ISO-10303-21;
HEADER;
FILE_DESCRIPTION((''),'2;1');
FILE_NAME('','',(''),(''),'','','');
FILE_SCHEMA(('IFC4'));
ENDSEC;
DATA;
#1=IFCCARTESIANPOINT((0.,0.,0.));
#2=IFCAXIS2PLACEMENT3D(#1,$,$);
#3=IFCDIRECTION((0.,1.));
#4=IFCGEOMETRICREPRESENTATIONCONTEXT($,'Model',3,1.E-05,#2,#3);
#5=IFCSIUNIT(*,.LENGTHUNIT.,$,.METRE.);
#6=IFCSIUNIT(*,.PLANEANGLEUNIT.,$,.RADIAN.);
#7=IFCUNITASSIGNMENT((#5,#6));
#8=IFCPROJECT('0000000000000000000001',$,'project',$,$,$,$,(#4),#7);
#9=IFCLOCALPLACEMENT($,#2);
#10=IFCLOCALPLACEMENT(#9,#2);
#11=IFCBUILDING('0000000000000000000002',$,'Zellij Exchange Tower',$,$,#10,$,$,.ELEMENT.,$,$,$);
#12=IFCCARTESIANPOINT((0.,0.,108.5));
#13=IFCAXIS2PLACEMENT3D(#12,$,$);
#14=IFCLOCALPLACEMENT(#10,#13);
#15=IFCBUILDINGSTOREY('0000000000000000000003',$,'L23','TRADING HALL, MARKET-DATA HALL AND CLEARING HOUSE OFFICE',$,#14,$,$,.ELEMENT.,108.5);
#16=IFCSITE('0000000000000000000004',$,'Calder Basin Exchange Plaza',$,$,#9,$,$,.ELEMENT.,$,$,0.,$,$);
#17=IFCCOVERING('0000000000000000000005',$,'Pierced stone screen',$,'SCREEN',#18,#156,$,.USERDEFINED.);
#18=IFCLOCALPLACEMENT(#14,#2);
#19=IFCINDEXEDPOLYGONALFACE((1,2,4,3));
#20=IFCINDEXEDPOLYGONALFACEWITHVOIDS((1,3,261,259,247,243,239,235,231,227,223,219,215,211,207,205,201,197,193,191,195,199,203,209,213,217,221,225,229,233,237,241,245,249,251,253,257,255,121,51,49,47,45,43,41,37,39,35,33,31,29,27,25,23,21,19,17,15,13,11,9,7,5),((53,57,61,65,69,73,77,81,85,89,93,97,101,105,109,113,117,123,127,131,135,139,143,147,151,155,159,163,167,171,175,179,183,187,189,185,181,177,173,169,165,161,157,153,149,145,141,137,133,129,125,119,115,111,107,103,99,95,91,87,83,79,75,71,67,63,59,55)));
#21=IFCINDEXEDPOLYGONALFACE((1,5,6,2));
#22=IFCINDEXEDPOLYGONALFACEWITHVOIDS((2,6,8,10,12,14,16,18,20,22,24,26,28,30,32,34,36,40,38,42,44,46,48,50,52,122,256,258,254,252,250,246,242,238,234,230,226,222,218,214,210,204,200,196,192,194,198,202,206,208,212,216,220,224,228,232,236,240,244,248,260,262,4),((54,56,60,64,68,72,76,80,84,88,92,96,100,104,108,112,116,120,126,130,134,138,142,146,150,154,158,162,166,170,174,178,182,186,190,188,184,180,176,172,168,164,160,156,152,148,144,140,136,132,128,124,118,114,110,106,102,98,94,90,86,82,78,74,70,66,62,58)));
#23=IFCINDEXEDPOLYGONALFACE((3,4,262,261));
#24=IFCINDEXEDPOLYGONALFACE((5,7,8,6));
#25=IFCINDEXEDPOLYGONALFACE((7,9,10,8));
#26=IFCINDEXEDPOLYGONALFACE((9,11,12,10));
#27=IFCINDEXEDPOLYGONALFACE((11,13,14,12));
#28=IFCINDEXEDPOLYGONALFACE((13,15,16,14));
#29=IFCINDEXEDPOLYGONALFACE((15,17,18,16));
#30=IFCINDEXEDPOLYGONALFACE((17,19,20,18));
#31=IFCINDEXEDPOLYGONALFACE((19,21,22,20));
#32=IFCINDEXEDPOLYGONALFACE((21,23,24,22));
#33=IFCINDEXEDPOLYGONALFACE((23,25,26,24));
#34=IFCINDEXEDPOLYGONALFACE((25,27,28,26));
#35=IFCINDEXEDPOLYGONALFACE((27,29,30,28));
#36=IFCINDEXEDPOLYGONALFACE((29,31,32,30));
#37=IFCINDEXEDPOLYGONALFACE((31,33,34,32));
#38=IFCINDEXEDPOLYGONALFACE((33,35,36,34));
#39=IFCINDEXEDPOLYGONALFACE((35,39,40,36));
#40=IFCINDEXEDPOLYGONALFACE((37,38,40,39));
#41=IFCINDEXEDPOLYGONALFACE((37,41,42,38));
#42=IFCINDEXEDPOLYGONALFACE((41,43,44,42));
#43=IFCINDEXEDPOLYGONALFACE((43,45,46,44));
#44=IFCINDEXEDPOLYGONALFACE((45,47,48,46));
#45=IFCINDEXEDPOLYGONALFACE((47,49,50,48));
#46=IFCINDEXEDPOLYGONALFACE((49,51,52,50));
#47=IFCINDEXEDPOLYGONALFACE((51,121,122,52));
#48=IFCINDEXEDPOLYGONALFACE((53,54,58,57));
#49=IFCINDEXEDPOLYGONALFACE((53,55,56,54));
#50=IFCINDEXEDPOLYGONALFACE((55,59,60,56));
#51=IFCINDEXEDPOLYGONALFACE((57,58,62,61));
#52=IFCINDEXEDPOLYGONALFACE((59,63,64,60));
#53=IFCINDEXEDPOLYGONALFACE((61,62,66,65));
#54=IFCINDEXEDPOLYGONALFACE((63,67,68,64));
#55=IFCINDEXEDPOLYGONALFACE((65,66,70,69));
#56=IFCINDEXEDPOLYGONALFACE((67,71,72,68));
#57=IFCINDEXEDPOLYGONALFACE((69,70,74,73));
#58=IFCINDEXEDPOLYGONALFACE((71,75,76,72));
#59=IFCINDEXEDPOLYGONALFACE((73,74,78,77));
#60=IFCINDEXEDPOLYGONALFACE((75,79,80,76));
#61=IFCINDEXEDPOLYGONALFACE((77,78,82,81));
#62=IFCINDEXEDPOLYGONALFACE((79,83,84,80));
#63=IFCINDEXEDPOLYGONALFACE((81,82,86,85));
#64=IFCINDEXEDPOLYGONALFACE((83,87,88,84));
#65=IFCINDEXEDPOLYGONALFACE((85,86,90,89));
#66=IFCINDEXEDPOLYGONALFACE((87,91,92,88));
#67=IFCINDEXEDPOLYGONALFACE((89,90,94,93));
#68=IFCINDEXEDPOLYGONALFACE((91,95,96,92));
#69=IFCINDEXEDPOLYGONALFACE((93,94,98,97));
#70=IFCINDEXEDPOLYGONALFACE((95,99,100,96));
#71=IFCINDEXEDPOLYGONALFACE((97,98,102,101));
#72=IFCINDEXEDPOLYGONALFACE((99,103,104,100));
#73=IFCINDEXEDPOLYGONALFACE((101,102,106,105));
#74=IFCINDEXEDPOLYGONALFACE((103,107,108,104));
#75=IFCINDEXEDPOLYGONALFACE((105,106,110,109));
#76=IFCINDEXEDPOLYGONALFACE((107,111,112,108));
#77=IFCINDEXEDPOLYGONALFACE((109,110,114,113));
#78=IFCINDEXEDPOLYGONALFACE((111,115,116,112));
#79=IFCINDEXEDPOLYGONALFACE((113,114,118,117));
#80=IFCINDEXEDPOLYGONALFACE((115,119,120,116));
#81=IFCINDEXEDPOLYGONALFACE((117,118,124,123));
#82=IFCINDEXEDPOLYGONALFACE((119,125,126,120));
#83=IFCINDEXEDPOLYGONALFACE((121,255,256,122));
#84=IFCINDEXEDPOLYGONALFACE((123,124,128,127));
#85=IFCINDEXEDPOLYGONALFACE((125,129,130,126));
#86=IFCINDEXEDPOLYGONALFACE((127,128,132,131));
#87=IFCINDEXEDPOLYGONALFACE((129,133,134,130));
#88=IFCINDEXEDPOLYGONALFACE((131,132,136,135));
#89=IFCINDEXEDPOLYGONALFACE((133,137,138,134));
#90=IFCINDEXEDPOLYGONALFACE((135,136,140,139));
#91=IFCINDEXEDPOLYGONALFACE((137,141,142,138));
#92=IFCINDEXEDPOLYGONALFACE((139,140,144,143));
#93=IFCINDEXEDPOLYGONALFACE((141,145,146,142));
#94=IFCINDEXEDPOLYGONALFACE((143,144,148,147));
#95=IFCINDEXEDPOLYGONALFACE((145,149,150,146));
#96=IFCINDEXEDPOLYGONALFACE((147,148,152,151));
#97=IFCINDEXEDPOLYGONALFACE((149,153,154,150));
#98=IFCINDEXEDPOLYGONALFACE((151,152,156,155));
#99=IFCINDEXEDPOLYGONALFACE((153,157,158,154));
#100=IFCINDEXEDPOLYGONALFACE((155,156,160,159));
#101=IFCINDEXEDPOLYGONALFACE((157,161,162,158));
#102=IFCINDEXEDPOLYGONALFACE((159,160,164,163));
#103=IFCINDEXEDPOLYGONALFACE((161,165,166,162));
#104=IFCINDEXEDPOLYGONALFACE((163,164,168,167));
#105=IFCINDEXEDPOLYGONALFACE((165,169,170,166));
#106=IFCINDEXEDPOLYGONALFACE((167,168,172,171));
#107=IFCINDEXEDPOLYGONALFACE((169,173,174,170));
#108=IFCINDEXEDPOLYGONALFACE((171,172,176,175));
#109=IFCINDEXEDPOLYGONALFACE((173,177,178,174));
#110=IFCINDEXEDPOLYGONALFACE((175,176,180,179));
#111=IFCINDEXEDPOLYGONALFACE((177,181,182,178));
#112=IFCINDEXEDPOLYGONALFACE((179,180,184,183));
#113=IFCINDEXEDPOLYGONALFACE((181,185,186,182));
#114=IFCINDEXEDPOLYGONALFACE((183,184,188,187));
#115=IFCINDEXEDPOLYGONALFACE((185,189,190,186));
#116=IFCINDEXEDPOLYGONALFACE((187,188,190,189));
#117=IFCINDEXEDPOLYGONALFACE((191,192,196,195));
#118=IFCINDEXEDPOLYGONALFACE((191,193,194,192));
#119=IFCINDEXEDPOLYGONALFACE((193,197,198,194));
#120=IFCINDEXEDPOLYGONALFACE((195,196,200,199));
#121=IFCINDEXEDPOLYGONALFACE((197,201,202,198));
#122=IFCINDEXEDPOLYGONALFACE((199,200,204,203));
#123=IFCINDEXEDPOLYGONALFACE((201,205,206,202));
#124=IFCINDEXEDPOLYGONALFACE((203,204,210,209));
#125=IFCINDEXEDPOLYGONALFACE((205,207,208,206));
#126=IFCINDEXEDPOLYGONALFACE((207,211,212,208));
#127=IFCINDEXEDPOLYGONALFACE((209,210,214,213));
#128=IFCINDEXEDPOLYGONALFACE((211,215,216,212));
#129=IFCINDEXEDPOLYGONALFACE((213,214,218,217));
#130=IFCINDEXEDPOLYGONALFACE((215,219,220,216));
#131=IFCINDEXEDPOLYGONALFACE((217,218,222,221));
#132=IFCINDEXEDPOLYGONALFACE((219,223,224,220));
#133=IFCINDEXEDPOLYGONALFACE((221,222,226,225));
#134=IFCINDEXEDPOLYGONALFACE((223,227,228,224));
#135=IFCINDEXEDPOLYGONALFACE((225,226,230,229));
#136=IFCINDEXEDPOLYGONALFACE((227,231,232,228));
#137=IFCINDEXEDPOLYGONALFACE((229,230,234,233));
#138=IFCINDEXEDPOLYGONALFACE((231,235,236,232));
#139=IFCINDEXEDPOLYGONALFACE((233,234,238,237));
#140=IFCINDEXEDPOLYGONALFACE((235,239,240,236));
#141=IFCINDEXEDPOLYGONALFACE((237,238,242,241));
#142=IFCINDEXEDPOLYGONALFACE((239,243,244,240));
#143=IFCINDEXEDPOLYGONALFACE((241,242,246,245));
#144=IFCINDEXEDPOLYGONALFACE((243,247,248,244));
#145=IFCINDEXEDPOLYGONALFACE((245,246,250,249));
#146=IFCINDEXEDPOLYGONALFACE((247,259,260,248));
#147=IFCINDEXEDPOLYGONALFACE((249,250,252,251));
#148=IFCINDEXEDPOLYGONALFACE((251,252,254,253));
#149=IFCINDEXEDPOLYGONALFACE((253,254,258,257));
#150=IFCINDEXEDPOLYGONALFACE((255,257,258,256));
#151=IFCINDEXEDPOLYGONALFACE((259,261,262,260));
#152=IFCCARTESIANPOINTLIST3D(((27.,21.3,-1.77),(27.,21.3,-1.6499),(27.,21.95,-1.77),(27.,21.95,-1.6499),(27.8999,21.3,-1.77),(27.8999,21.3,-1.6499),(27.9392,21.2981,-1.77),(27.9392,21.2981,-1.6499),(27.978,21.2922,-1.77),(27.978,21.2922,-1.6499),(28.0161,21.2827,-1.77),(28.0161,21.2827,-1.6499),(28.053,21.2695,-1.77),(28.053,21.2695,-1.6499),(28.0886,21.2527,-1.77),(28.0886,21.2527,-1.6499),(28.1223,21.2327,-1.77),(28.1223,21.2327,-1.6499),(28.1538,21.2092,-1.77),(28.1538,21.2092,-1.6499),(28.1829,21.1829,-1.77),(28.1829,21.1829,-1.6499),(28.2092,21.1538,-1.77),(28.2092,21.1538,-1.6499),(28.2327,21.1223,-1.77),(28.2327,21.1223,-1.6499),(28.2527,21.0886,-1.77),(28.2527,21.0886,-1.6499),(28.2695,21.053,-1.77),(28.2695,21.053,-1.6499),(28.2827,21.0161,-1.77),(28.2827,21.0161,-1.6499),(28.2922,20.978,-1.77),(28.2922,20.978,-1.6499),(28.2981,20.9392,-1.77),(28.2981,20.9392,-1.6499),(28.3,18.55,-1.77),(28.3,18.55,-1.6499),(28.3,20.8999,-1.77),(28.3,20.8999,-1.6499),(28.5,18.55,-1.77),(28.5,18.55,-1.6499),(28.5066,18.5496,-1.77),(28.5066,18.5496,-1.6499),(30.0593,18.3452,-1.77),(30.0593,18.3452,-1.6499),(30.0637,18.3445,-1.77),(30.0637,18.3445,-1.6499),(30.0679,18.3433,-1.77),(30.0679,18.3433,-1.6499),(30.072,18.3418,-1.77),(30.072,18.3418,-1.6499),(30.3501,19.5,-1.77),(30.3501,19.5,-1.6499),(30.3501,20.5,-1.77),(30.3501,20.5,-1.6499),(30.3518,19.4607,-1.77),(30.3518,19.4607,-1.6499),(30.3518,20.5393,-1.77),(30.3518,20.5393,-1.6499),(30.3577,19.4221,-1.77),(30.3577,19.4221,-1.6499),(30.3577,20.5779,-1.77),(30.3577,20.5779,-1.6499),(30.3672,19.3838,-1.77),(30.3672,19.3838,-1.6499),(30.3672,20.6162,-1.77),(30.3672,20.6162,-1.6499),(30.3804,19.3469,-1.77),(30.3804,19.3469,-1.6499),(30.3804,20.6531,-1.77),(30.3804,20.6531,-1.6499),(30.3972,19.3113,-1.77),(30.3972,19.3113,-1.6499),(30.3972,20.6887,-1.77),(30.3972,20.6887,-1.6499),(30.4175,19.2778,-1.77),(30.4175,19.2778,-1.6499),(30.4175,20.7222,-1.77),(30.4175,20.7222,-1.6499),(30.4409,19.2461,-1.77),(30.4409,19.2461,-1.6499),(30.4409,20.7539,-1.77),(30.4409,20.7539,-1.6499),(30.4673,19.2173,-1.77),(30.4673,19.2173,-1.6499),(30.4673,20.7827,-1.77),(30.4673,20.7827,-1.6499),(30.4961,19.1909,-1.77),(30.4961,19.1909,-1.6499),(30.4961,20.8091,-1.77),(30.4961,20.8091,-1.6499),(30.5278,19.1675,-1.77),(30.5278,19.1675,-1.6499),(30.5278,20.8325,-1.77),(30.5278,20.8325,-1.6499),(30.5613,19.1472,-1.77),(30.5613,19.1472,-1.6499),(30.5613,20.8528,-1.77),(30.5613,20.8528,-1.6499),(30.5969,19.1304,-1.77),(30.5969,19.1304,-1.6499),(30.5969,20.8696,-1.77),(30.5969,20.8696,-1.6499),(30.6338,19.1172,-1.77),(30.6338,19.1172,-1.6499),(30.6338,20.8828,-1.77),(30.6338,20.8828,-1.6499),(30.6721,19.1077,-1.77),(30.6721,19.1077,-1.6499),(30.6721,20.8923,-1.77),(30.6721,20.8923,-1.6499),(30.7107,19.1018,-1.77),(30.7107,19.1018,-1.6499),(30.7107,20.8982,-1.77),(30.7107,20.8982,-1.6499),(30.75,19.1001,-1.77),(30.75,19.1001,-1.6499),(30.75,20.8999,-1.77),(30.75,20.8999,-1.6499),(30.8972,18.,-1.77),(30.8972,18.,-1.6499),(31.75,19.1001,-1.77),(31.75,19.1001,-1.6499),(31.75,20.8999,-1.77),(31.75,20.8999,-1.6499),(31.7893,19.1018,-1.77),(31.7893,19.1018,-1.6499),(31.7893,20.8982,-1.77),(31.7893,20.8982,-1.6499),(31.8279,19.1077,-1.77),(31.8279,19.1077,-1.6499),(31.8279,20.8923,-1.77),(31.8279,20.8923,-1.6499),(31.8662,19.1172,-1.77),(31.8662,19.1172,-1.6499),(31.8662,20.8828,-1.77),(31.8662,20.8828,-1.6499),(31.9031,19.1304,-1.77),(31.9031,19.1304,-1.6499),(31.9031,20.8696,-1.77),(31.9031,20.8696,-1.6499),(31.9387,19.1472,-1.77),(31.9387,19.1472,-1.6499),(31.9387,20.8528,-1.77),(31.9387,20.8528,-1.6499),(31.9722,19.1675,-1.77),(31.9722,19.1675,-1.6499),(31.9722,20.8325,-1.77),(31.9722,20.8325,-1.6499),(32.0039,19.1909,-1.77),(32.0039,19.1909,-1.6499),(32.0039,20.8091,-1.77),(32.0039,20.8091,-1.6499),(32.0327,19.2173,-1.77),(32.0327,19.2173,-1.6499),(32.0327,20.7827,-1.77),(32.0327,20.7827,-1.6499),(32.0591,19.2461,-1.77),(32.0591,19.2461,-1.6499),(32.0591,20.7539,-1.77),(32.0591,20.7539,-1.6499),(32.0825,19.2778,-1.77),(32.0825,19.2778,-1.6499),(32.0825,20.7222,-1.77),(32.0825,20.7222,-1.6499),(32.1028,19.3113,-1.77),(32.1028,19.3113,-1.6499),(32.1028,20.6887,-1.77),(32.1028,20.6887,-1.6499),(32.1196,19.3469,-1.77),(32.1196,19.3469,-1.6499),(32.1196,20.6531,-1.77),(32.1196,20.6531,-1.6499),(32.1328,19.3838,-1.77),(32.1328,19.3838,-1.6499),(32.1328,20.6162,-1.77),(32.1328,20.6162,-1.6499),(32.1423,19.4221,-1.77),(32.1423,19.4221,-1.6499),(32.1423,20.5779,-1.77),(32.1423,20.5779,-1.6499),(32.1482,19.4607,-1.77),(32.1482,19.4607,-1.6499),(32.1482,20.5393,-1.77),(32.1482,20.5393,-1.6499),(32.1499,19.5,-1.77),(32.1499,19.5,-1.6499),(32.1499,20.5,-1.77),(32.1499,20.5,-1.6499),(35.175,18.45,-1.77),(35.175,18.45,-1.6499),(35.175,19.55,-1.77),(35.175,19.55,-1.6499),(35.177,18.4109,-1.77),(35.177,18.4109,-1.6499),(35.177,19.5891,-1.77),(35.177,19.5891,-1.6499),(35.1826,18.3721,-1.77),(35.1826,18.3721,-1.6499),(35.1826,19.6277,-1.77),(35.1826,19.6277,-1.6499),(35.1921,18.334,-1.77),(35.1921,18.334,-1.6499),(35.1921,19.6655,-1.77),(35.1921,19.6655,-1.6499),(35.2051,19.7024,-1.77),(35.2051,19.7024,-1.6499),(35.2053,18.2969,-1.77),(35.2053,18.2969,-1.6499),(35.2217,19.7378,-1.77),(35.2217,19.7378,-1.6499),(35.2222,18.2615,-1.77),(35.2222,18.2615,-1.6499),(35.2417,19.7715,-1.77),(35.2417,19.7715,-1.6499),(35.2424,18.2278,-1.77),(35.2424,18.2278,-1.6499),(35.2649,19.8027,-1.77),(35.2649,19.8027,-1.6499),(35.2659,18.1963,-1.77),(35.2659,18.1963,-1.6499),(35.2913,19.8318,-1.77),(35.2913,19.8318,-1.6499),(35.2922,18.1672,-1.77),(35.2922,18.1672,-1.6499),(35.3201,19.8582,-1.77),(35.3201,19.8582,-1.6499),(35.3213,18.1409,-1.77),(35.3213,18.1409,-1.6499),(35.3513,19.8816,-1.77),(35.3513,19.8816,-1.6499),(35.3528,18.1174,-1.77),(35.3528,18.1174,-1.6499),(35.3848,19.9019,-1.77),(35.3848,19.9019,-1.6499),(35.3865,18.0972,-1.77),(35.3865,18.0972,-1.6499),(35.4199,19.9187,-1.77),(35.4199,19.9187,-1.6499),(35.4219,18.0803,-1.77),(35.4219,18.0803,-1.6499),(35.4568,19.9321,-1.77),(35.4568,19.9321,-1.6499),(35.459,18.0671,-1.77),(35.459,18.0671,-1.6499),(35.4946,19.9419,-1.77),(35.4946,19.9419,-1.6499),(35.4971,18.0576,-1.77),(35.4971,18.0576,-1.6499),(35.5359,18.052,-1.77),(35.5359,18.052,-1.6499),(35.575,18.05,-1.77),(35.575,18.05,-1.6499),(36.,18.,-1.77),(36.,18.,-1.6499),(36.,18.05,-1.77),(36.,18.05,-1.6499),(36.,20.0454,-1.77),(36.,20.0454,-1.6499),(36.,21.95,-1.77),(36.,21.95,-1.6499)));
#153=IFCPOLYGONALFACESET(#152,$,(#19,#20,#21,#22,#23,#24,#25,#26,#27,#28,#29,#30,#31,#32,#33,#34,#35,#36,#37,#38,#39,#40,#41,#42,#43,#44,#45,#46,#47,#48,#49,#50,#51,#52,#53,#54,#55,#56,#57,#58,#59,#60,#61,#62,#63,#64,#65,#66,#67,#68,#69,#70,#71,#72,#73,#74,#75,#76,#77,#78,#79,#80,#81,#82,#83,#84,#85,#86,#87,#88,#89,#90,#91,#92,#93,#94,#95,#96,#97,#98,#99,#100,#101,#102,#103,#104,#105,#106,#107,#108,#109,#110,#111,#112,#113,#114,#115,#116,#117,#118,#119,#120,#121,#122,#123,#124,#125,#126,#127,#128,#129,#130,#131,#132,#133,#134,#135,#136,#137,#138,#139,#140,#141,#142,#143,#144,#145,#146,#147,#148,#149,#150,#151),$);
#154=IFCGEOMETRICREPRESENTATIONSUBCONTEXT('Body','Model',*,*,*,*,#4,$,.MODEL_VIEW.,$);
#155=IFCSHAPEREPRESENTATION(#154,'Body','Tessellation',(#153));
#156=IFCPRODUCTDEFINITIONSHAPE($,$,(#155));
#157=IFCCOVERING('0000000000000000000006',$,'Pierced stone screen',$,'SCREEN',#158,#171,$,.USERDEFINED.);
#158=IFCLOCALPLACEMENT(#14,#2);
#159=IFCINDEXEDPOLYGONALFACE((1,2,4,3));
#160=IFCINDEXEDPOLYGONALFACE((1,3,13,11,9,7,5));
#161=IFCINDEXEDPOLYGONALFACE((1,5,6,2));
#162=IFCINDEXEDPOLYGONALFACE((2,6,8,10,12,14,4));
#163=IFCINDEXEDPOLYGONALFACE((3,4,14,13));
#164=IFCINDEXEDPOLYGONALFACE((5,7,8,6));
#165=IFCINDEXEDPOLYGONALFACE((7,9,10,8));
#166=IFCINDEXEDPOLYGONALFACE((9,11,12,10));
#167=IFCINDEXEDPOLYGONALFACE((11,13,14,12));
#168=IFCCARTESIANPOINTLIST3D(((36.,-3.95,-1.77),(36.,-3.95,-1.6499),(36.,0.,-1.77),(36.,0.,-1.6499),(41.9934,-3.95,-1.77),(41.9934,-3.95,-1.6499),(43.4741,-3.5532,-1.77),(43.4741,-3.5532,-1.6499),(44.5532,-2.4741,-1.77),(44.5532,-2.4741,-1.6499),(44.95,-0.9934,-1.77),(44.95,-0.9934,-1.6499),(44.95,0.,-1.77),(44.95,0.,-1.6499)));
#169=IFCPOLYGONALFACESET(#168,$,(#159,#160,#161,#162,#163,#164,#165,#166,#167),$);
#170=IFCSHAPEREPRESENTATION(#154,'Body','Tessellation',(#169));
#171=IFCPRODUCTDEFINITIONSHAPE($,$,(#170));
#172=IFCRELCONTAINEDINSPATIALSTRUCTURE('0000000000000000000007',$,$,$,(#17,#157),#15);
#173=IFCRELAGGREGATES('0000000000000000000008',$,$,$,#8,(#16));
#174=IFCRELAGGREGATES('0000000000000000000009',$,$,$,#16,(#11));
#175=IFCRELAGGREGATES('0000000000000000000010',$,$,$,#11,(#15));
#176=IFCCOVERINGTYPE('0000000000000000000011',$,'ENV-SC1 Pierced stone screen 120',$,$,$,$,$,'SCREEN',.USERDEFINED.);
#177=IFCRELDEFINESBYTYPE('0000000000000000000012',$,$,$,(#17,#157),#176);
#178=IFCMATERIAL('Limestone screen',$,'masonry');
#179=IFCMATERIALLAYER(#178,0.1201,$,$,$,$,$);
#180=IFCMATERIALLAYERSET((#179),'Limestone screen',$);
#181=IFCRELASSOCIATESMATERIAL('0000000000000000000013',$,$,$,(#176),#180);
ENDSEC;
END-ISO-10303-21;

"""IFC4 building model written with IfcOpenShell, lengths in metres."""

from ifc_helpers import new_model, si_unit, direction, frame, origin, place, context, subcontext, project, spatial, polyline, outline, extrude, material, layer, layer_set, type_object, element, save


model = new_model("IFC4")

# Units and contexts
model_context = context("Model", 3, precision=1e-05, world=origin(), true_north=direction((0.0, 1.0)))
body_context = subcontext(model_context, "Body", "Model", "MODEL_VIEW")
ifc_project = project(units=[si_unit("LENGTHUNIT", "METRE"), si_unit("PLANEANGLEUNIT", "RADIAN")], contexts=[model_context])

# Site, building, storey
site_placement = place(None, origin())
site = spatial("IfcSite", under=ifc_project, at=site_placement, Name="Calder Basin Exchange Plaza", CompositionType="ELEMENT", RefElevation=0.0)
building_placement = place(site_placement, origin())
building = spatial("IfcBuilding", under=site, at=building_placement, Name="Zellij Exchange Tower", CompositionType="ELEMENT")
storey_placement = place(building_placement, frame((0.0, 0.0, 108.5)))
storey = spatial("IfcBuildingStorey", under=building, at=storey_placement, Name="L23", Description="TRADING HALL, MARKET-DATA HALL AND CLEARING HOUSE OFFICE", CompositionType="ELEMENT", Elevation=108.5)

# Coverings
ifc_material_1 = material(Name="Limestone screen", Category="masonry")
ifc_layer_1 = layer(ifc_material_1, 0.1201)
ifc_layer_set_1 = layer_set([ifc_layer_1], Name="Limestone screen")
covering_type = type_object("IfcCoveringType", Name="ENV-SC1 Pierced stone screen 120", ElementType="SCREEN", PredefinedType="USERDEFINED", material=ifc_layer_set_1)
covering_1_placement = place(storey_placement, frame((0.0, 0.0, -1.77)))
element("IfcCovering", 1, at=covering_1_placement, inside=storey, type_object=covering_type, Name="Pierced stone screen", ObjectType="SCREEN", PredefinedType="USERDEFINED", context=body_context, shape_type="SweptSolid", body=[
    extrude(outline(polyline([(30.072, 18.3418), (30.0679, 18.3433), (30.0637, 18.3445), (30.0593, 18.3452), (28.5066, 18.5496), (28.5, 18.55), (28.3, 18.55), (28.3, 20.8999), (28.2981, 20.9392), (28.2922, 20.978), (28.2827, 21.0161), (28.2695, 21.053), (28.2527, 21.0886), (28.2327, 21.1223), (28.2092, 21.1538), (28.1829, 21.1829), (28.1538, 21.2092), (28.1223, 21.2327), (28.0886, 21.2527), (28.053, 21.2695), (28.0161, 21.2827), (27.978, 21.2922), (27.9392, 21.2981), (27.8999, 21.3), (27.0, 21.3), (27.0, 21.95), (36.0, 21.95), (36.0, 20.0454), (35.4946, 19.9419), (35.4568, 19.9321), (35.4199, 19.9187), (35.3848, 19.9019), (35.3513, 19.8816), (35.3201, 19.8582), (35.2913, 19.8318), (35.2649, 19.8027), (35.2417, 19.7715), (35.2217, 19.7378), (35.2051, 19.7024), (35.1921, 19.6655), (35.1826, 19.6277), (35.177, 19.5891), (35.175, 19.55), (35.175, 18.45), (35.177, 18.4109), (35.1826, 18.3721), (35.1921, 18.334), (35.2053, 18.2969), (35.2222, 18.2615), (35.2424, 18.2278), (35.2659, 18.1963), (35.2922, 18.1672), (35.3213, 18.1409), (35.3528, 18.1174), (35.3865, 18.0972), (35.4219, 18.0803), (35.459, 18.0671), (35.4971, 18.0576), (35.5359, 18.052), (35.575, 18.05), (36.0, 18.05), (36.0, 18.0), (30.8972, 18.0), (30.072, 18.3418)]), holes=[polyline([(30.5969, 19.1304), (30.6338, 19.1172), (30.6721, 19.1077), (30.7107, 19.1018), (30.75, 19.1001), (31.75, 19.1001), (31.7893, 19.1018), (31.8279, 19.1077), (31.8662, 19.1172), (31.9031, 19.1304), (31.9387, 19.1472), (31.9722, 19.1675), (32.0039, 19.1909), (32.0327, 19.2173), (32.0591, 19.2461), (32.0825, 19.2778), (32.1028, 19.3113), (32.1196, 19.3469), (32.1328, 19.3838), (32.1423, 19.4221), (32.1482, 19.4607), (32.1499, 19.5), (32.1499, 20.5), (32.1482, 20.5393), (32.1423, 20.5779), (32.1328, 20.6162), (32.1196, 20.6531), (32.1028, 20.6887), (32.0825, 20.7222), (32.0591, 20.7539), (32.0327, 20.7827), (32.0039, 20.8091), (31.9722, 20.8325), (31.9387, 20.8528), (31.9031, 20.8696), (31.8662, 20.8828), (31.8279, 20.8923), (31.7893, 20.8982), (31.75, 20.8999), (30.75, 20.8999), (30.7107, 20.8982), (30.6721, 20.8923), (30.6338, 20.8828), (30.5969, 20.8696), (30.5613, 20.8528), (30.5278, 20.8325), (30.4961, 20.8091), (30.4673, 20.7827), (30.4409, 20.7539), (30.4175, 20.7222), (30.3972, 20.6887), (30.3804, 20.6531), (30.3672, 20.6162), (30.3577, 20.5779), (30.3518, 20.5393), (30.3501, 20.5), (30.3501, 19.5), (30.3518, 19.4607), (30.3577, 19.4221), (30.3672, 19.3838), (30.3804, 19.3469), (30.3972, 19.3113), (30.4175, 19.2778), (30.4409, 19.2461), (30.4673, 19.2173), (30.4961, 19.1909), (30.5278, 19.1675), (30.5613, 19.1472), (30.5969, 19.1304)])]), origin(), (0.0, 0.0, 1.0), 0.1201),
])
covering_2_placement = place(storey_placement, frame((0.0, 0.0, -1.77)))
element("IfcCovering", 2, at=covering_2_placement, inside=storey, type_object=covering_type, Name="Pierced stone screen", ObjectType="SCREEN", PredefinedType="USERDEFINED", context=body_context, shape_type="SweptSolid", body=[
    extrude(outline(polyline([(44.95, -0.9934), (44.5532, -2.4741), (43.4741, -3.5532), (41.9934, -3.95), (36.0, -3.95), (36.0, 0.0), (44.95, 0.0), (44.95, -0.9934)])), origin(), (0.0, 0.0, 1.0), 0.1201),
])

save(model, "model.ifc")
